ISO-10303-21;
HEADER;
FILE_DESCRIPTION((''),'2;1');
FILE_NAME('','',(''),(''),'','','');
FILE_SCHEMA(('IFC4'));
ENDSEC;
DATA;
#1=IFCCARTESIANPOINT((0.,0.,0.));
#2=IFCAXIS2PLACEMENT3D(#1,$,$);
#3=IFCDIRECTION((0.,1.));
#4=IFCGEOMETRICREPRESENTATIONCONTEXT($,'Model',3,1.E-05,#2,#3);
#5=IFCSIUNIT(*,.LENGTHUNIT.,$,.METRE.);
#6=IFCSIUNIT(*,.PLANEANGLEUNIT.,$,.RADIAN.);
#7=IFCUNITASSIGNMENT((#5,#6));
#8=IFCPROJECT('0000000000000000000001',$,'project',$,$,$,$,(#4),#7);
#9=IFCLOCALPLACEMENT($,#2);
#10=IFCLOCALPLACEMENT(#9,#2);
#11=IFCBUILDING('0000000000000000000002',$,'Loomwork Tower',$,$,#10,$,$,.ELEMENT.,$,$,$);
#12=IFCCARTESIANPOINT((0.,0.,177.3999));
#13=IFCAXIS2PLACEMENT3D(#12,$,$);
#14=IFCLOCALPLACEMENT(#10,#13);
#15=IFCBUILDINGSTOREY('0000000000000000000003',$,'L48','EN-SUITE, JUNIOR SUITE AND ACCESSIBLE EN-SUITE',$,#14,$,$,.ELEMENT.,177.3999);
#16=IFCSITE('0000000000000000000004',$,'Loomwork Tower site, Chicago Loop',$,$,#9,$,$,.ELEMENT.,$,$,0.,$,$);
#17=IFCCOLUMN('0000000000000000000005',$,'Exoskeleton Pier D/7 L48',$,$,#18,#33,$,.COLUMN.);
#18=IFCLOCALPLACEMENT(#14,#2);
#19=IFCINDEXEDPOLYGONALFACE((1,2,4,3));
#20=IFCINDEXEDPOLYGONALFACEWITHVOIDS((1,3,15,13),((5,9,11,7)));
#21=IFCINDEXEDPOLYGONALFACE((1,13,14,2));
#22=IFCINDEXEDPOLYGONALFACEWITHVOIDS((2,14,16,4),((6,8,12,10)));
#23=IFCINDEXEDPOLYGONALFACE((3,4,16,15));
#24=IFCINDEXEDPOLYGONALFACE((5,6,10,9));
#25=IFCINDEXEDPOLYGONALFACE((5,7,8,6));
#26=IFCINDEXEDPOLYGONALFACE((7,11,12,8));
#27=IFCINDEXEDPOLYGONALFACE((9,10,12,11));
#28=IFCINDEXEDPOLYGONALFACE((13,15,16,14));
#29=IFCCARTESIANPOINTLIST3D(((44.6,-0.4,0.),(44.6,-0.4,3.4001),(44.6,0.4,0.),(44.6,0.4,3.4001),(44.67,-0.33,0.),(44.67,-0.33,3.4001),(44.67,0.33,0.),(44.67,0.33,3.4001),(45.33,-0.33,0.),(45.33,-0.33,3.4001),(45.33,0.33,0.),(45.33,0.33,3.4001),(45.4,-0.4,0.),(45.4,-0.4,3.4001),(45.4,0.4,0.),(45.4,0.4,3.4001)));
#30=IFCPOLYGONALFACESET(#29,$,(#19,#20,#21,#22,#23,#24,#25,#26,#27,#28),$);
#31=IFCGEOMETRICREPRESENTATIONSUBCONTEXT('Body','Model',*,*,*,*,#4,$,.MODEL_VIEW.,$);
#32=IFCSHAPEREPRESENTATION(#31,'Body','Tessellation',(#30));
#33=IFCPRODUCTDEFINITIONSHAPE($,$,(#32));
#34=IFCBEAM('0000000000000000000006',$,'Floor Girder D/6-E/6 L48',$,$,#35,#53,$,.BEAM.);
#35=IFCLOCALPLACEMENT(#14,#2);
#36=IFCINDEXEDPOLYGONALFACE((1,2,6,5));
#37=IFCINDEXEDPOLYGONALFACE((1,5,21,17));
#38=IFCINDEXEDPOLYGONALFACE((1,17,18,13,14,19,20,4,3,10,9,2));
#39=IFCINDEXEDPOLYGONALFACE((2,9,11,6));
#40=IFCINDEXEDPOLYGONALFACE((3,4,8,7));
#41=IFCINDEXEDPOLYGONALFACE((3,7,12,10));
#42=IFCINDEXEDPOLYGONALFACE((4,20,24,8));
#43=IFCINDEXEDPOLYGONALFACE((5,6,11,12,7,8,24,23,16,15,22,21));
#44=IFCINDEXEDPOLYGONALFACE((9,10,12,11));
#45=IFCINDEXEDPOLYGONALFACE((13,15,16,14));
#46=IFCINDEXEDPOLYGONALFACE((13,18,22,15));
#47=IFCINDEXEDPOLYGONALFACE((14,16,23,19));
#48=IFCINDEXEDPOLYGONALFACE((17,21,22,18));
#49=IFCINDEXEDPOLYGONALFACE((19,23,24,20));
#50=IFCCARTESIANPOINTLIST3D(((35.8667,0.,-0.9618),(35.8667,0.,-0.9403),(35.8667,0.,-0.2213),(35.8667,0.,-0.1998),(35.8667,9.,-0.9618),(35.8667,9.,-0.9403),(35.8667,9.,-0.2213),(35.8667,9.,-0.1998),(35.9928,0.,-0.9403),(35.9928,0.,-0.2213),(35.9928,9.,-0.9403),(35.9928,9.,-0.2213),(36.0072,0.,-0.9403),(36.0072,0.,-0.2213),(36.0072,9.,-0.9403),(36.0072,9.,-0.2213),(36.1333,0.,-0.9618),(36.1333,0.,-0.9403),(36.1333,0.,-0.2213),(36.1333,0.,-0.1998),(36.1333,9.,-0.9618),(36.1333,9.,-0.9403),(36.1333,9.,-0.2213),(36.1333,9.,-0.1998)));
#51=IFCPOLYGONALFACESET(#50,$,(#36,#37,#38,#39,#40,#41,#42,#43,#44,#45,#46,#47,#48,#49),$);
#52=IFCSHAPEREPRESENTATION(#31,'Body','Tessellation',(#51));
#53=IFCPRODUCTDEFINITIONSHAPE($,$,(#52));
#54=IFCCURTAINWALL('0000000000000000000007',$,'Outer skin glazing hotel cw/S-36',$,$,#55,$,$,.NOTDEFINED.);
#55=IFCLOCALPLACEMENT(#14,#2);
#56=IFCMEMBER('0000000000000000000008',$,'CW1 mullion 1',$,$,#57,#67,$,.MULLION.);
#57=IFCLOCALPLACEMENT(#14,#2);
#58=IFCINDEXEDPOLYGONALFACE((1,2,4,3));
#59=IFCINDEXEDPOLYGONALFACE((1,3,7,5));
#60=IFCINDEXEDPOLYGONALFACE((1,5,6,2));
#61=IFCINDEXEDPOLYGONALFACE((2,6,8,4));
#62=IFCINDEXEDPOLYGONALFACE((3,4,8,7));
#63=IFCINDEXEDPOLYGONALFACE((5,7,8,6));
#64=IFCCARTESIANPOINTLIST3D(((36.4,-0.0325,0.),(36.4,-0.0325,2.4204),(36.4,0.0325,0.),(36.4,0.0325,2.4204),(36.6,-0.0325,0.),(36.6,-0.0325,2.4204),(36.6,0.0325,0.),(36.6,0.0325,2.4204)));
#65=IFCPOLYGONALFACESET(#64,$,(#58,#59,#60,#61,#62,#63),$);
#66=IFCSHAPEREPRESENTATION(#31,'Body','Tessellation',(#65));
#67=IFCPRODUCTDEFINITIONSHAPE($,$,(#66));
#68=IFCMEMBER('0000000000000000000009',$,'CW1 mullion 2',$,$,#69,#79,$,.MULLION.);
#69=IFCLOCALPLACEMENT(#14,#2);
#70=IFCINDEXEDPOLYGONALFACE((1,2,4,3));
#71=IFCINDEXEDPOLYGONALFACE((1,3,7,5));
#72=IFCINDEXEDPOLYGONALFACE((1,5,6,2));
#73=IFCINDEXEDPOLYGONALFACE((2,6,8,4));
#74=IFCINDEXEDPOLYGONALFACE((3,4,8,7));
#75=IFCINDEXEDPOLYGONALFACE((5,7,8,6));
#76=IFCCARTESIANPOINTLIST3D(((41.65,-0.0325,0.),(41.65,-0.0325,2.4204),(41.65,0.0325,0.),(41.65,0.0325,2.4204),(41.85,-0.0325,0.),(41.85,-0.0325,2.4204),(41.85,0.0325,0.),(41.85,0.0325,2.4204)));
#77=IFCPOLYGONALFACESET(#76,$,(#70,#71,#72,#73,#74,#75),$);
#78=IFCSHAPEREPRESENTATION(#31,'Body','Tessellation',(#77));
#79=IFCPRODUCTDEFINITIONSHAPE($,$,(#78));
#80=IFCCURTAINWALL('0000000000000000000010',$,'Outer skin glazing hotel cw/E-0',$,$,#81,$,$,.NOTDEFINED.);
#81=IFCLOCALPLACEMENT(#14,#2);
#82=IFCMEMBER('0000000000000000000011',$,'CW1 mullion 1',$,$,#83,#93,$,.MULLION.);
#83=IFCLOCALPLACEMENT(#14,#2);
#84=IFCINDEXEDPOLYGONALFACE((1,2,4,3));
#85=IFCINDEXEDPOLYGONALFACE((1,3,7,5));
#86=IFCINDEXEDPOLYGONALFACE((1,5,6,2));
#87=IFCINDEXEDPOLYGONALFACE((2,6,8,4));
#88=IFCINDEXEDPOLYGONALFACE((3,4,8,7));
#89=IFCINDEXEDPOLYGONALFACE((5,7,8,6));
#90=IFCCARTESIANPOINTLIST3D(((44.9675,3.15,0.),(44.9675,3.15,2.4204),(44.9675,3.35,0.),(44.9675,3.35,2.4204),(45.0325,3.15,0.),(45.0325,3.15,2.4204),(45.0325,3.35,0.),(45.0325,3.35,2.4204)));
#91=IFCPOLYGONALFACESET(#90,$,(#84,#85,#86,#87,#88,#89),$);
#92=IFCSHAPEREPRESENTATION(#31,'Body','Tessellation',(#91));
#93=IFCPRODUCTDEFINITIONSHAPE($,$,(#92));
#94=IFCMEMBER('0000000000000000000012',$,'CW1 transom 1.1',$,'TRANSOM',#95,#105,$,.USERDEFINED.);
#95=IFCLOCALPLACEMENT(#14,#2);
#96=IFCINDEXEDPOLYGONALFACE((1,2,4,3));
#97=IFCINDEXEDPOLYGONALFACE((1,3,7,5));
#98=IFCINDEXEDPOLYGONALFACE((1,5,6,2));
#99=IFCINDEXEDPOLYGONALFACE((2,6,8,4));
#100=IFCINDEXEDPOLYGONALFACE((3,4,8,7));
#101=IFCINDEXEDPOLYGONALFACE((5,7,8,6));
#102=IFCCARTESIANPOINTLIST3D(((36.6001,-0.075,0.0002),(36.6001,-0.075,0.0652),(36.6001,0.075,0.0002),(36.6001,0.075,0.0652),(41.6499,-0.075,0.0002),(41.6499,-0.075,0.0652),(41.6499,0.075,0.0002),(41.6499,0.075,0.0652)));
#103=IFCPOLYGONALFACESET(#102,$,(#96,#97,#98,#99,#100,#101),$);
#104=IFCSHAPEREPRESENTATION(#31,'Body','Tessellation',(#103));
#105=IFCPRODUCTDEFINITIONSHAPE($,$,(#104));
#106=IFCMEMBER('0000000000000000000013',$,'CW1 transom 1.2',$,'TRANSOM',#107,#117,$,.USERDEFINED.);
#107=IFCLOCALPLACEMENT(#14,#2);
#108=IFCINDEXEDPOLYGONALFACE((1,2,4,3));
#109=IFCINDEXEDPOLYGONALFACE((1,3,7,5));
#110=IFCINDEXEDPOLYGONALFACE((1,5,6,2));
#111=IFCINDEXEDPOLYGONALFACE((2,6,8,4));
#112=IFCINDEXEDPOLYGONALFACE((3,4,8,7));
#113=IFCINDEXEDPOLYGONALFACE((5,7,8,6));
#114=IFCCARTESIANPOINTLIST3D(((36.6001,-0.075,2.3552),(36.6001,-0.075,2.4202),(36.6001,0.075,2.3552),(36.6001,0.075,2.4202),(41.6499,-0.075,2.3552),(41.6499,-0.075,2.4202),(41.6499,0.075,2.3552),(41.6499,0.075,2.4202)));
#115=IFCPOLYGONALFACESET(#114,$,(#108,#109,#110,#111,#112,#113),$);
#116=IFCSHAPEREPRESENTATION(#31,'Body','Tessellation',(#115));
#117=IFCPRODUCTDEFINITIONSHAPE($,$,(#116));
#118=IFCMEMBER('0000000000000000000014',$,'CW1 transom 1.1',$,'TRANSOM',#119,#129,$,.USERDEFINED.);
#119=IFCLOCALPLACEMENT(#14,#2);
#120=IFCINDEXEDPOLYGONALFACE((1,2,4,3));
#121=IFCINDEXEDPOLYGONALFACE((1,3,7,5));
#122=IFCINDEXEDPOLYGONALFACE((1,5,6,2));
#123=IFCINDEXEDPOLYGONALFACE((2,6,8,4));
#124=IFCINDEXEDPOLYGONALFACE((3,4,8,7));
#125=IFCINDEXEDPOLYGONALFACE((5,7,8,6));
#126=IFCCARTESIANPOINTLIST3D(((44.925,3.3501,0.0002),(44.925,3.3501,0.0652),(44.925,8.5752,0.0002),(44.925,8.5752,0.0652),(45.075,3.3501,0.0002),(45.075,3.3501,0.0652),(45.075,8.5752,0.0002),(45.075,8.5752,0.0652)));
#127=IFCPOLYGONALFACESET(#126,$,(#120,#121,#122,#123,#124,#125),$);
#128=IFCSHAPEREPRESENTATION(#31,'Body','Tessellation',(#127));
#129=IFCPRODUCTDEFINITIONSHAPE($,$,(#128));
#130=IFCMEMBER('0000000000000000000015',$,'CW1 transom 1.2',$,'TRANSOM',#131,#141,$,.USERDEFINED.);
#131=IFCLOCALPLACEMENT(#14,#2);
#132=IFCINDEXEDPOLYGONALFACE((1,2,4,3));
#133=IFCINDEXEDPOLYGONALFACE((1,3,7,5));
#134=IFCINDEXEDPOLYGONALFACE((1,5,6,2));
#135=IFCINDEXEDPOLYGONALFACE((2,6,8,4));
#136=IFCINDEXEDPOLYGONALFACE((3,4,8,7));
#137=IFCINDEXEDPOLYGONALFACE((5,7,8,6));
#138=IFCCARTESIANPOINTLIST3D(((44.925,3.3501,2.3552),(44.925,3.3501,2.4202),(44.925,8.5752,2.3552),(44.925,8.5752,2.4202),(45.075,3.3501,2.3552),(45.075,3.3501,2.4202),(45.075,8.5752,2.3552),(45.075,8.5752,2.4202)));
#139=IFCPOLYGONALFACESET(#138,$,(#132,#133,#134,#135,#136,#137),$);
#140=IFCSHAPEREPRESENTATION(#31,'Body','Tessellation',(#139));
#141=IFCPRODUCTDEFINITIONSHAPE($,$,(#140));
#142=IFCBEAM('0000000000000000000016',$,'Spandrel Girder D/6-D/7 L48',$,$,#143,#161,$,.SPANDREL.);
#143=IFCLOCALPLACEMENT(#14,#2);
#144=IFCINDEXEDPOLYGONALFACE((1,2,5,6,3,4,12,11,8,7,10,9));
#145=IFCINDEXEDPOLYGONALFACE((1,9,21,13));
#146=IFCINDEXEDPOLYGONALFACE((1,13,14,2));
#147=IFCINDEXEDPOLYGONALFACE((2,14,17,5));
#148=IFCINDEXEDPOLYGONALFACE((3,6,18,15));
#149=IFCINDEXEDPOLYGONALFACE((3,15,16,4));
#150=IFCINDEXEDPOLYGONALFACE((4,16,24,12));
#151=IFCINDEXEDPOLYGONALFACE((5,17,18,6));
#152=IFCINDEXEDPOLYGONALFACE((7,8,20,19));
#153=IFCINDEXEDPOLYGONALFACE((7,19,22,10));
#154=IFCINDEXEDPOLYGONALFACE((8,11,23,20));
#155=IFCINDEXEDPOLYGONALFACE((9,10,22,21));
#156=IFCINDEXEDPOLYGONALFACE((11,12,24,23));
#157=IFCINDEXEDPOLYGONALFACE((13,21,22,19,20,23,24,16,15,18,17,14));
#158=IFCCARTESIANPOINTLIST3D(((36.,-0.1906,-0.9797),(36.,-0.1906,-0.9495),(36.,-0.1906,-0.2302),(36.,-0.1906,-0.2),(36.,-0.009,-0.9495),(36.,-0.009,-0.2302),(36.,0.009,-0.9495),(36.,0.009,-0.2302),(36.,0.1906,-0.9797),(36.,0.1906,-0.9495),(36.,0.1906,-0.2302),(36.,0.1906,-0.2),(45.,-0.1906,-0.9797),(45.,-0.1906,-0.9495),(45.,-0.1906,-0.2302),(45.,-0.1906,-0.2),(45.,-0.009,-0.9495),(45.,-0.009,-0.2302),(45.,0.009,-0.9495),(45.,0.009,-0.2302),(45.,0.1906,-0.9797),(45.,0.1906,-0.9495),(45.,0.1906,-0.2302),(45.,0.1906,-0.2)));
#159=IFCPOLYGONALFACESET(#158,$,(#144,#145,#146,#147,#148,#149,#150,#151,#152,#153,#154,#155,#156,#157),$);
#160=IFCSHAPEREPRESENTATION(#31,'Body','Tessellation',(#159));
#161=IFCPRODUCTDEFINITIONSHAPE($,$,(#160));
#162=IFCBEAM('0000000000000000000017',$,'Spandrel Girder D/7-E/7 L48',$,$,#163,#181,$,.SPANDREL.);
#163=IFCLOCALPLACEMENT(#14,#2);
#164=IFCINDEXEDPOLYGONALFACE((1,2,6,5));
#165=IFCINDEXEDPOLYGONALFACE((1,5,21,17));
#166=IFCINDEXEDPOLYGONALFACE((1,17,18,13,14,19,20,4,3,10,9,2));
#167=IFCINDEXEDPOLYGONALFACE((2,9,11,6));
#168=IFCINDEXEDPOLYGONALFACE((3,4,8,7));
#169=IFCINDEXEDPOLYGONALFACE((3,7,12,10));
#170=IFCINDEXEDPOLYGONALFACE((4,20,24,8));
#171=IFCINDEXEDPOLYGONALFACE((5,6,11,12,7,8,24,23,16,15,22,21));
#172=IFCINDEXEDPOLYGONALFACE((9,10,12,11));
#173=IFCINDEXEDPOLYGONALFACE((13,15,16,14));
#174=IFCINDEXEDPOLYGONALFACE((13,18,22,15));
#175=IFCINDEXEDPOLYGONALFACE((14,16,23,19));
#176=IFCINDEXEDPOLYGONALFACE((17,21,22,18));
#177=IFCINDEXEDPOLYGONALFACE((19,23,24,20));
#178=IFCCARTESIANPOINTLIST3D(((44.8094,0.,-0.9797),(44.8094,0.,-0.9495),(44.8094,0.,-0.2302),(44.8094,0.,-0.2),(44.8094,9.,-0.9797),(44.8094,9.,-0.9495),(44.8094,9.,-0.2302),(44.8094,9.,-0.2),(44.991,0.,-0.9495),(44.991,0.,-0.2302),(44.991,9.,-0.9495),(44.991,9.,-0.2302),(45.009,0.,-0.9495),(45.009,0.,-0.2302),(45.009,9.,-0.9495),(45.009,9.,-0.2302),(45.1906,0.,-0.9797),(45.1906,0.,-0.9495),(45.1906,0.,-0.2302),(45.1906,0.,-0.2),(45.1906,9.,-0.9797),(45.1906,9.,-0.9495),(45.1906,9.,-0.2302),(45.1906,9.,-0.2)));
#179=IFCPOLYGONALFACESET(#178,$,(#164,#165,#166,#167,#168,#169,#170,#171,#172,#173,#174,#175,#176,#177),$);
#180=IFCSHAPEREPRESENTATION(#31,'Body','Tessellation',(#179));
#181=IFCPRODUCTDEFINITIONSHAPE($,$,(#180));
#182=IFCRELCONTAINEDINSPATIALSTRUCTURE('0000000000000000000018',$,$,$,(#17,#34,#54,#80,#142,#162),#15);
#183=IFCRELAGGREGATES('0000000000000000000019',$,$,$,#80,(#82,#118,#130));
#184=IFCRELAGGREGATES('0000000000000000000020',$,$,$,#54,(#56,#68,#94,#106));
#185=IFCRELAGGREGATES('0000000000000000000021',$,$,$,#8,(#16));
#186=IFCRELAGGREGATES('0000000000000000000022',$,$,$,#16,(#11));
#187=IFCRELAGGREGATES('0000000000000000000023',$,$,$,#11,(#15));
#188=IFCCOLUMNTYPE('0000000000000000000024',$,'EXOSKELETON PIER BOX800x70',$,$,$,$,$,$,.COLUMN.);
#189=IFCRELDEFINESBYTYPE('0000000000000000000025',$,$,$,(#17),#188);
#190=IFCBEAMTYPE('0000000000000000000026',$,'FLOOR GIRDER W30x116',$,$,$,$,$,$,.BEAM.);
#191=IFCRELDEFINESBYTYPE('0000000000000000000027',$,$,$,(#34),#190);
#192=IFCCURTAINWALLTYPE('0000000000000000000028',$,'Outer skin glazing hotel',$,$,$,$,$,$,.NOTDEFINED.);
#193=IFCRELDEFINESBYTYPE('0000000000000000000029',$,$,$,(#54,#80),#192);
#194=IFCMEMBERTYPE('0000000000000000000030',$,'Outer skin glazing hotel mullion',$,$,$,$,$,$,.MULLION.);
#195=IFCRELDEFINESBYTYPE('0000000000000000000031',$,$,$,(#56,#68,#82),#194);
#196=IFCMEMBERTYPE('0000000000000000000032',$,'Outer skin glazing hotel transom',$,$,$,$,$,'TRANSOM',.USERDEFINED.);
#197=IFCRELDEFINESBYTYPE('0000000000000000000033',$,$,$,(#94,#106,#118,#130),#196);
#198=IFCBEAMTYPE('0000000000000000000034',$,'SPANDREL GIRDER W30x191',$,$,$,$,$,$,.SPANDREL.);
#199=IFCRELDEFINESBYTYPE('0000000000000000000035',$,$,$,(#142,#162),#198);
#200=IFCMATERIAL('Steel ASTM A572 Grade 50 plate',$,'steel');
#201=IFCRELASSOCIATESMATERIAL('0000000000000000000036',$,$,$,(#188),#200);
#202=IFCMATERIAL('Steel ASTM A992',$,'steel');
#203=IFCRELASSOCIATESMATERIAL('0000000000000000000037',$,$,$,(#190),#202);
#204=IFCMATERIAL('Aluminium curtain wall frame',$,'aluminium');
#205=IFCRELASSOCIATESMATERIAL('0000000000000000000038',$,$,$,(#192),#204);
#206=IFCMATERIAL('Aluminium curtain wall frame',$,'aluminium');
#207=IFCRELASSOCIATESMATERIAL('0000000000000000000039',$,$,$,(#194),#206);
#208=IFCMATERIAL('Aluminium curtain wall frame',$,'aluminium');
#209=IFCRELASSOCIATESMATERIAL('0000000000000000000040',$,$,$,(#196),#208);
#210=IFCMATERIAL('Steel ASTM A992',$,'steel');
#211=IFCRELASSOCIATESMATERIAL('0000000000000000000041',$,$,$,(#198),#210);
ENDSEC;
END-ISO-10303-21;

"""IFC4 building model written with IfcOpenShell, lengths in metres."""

from ifc_helpers import new_model, si_unit, direction, frame, origin, origin_2d, place, context, subcontext, project, spatial, rectangle, hollow_rectangle, i_section, extrude, material, material_profile, profile_set, type_object, element, aggregate, save


model = new_model("IFC4")

# Units and contexts
model_context = context("Model", 3, precision=1e-05, world=origin(), true_north=direction((0.0, 1.0)))
body_context = subcontext(model_context, "Body", "Model", "MODEL_VIEW")
ifc_project = project(units=[si_unit("LENGTHUNIT", "METRE"), si_unit("PLANEANGLEUNIT", "RADIAN")], contexts=[model_context])

# Site, building, storey
site_placement = place(None, origin())
site = spatial("IfcSite", under=ifc_project, at=site_placement, Name="Loomwork Tower site, Chicago Loop", CompositionType="ELEMENT", RefElevation=0.0)
building_placement = place(site_placement, origin())
building = spatial("IfcBuilding", under=site, at=building_placement, Name="Loomwork Tower", CompositionType="ELEMENT")
storey_placement = place(building_placement, frame((0.0, 0.0, 177.3999)))
storey = spatial("IfcBuildingStorey", under=building, at=storey_placement, Name="L48", Description="EN-SUITE, JUNIOR SUITE AND ACCESSIBLE EN-SUITE", CompositionType="ELEMENT", Elevation=177.3999)

# Column
ifc_material_1 = material(Name="Steel ASTM A572 Grade 50 plate", Category="steel")
ifc_material_profile_1 = material_profile(ifc_material_1, hollow_rectangle(XDim=0.8, YDim=0.8, WallThickness=0.0701, at=origin_2d()), Name="BOX800x70")
ifc_profile_set_1 = profile_set([ifc_material_profile_1], Name="Steel ASTM A572 Grade 50 plate")
column_type = type_object("IfcColumnType", Name="EXOSKELETON PIER BOX800x70", PredefinedType="COLUMN", material=ifc_profile_set_1)
column_placement = place(storey_placement, frame((45.0, 0.0, 0.0), z_axis=(0.0, 0.0, 1.0), x_axis=(1.0, 0.0, 0.0)))
element("IfcColumn", 1, at=column_placement, inside=storey, type_object=column_type, Name="Exoskeleton Pier D/7 L48", PredefinedType="COLUMN", context=body_context, shape_type="SweptSolid", body=[
    extrude(hollow_rectangle(XDim=0.8, YDim=0.8, WallThickness=0.0701, at=origin_2d()), origin(), (0.0, 0.0, 1.0), 3.4001),
])

# Beam
ifc_material_2 = material(Name="Steel ASTM A992", Category="steel")
ifc_material_profile_2 = material_profile(ifc_material_2, i_section(OverallWidth=0.2666, OverallDepth=0.762, WebThickness=0.0144, FlangeThickness=0.0215, at=origin_2d()), Name="W30x116")
ifc_profile_set_2 = profile_set([ifc_material_profile_2], Name="Steel ASTM A992")
beam_type_1 = type_object("IfcBeamType", Name="FLOOR GIRDER W30x116", PredefinedType="BEAM", material=ifc_profile_set_2)
beam_placement = place(storey_placement, frame((36.0, 0.0, -0.5808), z_axis=(0.0, 1.0, 0.0), x_axis=(-1.0, 0.0, 0.0)))
element("IfcBeam", 2, at=beam_placement, inside=storey, type_object=beam_type_1, Name="Floor Girder D/6-E/6 L48", PredefinedType="BEAM", context=body_context, shape_type="SweptSolid", body=[
    extrude(i_section(OverallWidth=0.2666, OverallDepth=0.762, WebThickness=0.0144, FlangeThickness=0.0215, at=origin_2d()), origin(), (0.0, 0.0, 1.0), 9.0),
])

# Curtain wall, members
ifc_material_3 = material(Name="Aluminium curtain wall frame", Category="aluminium")
curtain_wall_type = type_object("IfcCurtainWallType", Name="Outer skin glazing hotel", PredefinedType="NOTDEFINED", material=ifc_material_3)
curtain_wall_1_placement = place(storey_placement, origin())
curtain_wall_1 = element("IfcCurtainWall", 3, at=curtain_wall_1_placement, inside=storey, type_object=curtain_wall_type, Name="Outer skin glazing hotel cw/S-36", PredefinedType="NOTDEFINED")
ifc_material_4 = material(Name="Aluminium curtain wall frame", Category="aluminium")
ifc_material_profile_3 = material_profile(ifc_material_4, rectangle(XDim=0.0649, YDim=0.2, at=origin_2d()), Name="AL 65x200")
ifc_profile_set_3 = profile_set([ifc_material_profile_3], Name="Aluminium curtain wall frame")
member_type_1 = type_object("IfcMemberType", Name="Outer skin glazing hotel mullion", PredefinedType="MULLION", material=ifc_profile_set_3)
member_1_placement = place(storey_placement, frame((36.5, 0.0, 0.0), z_axis=(0.0, 0.0, 1.0), x_axis=(0.0, 1.0, 0.0)))
member_1 = element("IfcMember", 4, at=member_1_placement, type_object=member_type_1, Name="CW1 mullion 1", PredefinedType="MULLION", context=body_context, shape_type="SweptSolid", body=[
    extrude(rectangle(XDim=0.0649, YDim=0.2, at=origin_2d()), origin(), (0.0, 0.0, 1.0), 2.4204),
])
member_2_placement = place(storey_placement, frame((41.75, 0.0, 0.0), z_axis=(0.0, 0.0, 1.0), x_axis=(0.0, 1.0, 0.0)))
member_2 = element("IfcMember", 5, at=member_2_placement, type_object=member_type_1, Name="CW1 mullion 2", PredefinedType="MULLION", context=body_context, shape_type="SweptSolid", body=[
    extrude(rectangle(XDim=0.0649, YDim=0.2, at=origin_2d()), origin(), (0.0, 0.0, 1.0), 2.4204),
])

# Curtain wall, member
curtain_wall_2_placement = place(storey_placement, origin())
curtain_wall_2 = element("IfcCurtainWall", 6, at=curtain_wall_2_placement, inside=storey, type_object=curtain_wall_type, Name="Outer skin glazing hotel cw/E-0", PredefinedType="NOTDEFINED")
member_3_placement = place(storey_placement, frame((45.0, 3.25, 0.0), z_axis=(0.0, 0.0, 1.0), x_axis=(-1.0, 0.0, 0.0)))
member_3 = element("IfcMember", 7, at=member_3_placement, type_object=member_type_1, Name="CW1 mullion 1", PredefinedType="MULLION", context=body_context, shape_type="SweptSolid", body=[
    extrude(rectangle(XDim=0.0649, YDim=0.2, at=origin_2d()), origin(), (0.0, 0.0, 1.0), 2.4204),
])

# Members
ifc_material_5 = material(Name="Aluminium curtain wall frame", Category="aluminium")
ifc_material_profile_4 = material_profile(ifc_material_5, rectangle(XDim=0.1499, YDim=0.0649, at=origin_2d()), Name="AL 65x150")
ifc_profile_set_4 = profile_set([ifc_material_profile_4], Name="Aluminium curtain wall frame")
member_type_2 = type_object("IfcMemberType", Name="Outer skin glazing hotel transom", ElementType="TRANSOM", PredefinedType="USERDEFINED", material=ifc_profile_set_4)
member_4_placement = place(storey_placement, frame((36.6001, 0.0, 0.0327), z_axis=(1.0, 0.0, 0.0), x_axis=(0.0, 1.0, 0.0)))
member_4 = element("IfcMember", 8, at=member_4_placement, type_object=member_type_2, Name="CW1 transom 1.1", ObjectType="TRANSOM", PredefinedType="USERDEFINED", context=body_context, shape_type="SweptSolid", body=[
    extrude(rectangle(XDim=0.1499, YDim=0.0649, at=origin_2d()), origin(), (0.0, 0.0, 1.0), 5.0498),
])
member_5_placement = place(storey_placement, frame((36.6001, 0.0, 2.3877), z_axis=(1.0, 0.0, 0.0), x_axis=(0.0, 1.0, 0.0)))
member_5 = element("IfcMember", 9, at=member_5_placement, type_object=member_type_2, Name="CW1 transom 1.2", ObjectType="TRANSOM", PredefinedType="USERDEFINED", context=body_context, shape_type="SweptSolid", body=[
    extrude(rectangle(XDim=0.1499, YDim=0.0649, at=origin_2d()), origin(), (0.0, 0.0, 1.0), 5.0498),
])
member_6_placement = place(storey_placement, frame((45.0, 3.3501, 0.0327), z_axis=(0.0, 1.0, 0.0), x_axis=(-1.0, 0.0, 0.0)))
member_6 = element("IfcMember", 10, at=member_6_placement, type_object=member_type_2, Name="CW1 transom 1.1", ObjectType="TRANSOM", PredefinedType="USERDEFINED", context=body_context, shape_type="SweptSolid", body=[
    extrude(rectangle(XDim=0.1499, YDim=0.0649, at=origin_2d()), origin(), (0.0, 0.0, 1.0), 5.2251),
])
member_7_placement = place(storey_placement, frame((45.0, 3.3501, 2.3877), z_axis=(0.0, 1.0, 0.0), x_axis=(-1.0, 0.0, 0.0)))
member_7 = element("IfcMember", 11, at=member_7_placement, type_object=member_type_2, Name="CW1 transom 1.2", ObjectType="TRANSOM", PredefinedType="USERDEFINED", context=body_context, shape_type="SweptSolid", body=[
    extrude(rectangle(XDim=0.1499, YDim=0.0649, at=origin_2d()), origin(), (0.0, 0.0, 1.0), 5.2251),
])
aggregate(curtain_wall_2, [member_3, member_6, member_7])

# Beams
ifc_material_6 = material(Name="Steel ASTM A992", Category="steel")
ifc_material_profile_5 = material_profile(ifc_material_6, i_section(OverallWidth=0.3811, OverallDepth=0.7798, WebThickness=0.0181, FlangeThickness=0.0303, at=origin_2d()), Name="W30x191")
ifc_profile_set_5 = profile_set([ifc_material_profile_5], Name="Steel ASTM A992")
beam_type_2 = type_object("IfcBeamType", Name="SPANDREL GIRDER W30x191", PredefinedType="SPANDREL", material=ifc_profile_set_5)
for number, where, z_axis, x_axis, name in (
    (12, (36.0, 0.0, -0.5898), (1.0, 0.0, 0.0), (0.0, 1.0, 0.0), "Spandrel Girder D/6-D/7 L48"),
    (13, (45.0, 0.0, -0.5898), (0.0, 1.0, 0.0), (-1.0, 0.0, 0.0), "Spandrel Girder D/7-E/7 L48"),
):
    element("IfcBeam", number, at=place(storey_placement, frame(where, z_axis=z_axis, x_axis=x_axis)), inside=storey, type_object=beam_type_2, Name=name, PredefinedType="SPANDREL", context=body_context, shape_type="SweptSolid", body=[
        extrude(i_section(OverallWidth=0.3811, OverallDepth=0.7798, WebThickness=0.0181, FlangeThickness=0.0303, at=origin_2d()), origin(), (0.0, 0.0, 1.0), 9.0),
    ])

aggregate(curtain_wall_1, [member_1, member_2, member_4, member_5])

save(model, "model.ifc")
